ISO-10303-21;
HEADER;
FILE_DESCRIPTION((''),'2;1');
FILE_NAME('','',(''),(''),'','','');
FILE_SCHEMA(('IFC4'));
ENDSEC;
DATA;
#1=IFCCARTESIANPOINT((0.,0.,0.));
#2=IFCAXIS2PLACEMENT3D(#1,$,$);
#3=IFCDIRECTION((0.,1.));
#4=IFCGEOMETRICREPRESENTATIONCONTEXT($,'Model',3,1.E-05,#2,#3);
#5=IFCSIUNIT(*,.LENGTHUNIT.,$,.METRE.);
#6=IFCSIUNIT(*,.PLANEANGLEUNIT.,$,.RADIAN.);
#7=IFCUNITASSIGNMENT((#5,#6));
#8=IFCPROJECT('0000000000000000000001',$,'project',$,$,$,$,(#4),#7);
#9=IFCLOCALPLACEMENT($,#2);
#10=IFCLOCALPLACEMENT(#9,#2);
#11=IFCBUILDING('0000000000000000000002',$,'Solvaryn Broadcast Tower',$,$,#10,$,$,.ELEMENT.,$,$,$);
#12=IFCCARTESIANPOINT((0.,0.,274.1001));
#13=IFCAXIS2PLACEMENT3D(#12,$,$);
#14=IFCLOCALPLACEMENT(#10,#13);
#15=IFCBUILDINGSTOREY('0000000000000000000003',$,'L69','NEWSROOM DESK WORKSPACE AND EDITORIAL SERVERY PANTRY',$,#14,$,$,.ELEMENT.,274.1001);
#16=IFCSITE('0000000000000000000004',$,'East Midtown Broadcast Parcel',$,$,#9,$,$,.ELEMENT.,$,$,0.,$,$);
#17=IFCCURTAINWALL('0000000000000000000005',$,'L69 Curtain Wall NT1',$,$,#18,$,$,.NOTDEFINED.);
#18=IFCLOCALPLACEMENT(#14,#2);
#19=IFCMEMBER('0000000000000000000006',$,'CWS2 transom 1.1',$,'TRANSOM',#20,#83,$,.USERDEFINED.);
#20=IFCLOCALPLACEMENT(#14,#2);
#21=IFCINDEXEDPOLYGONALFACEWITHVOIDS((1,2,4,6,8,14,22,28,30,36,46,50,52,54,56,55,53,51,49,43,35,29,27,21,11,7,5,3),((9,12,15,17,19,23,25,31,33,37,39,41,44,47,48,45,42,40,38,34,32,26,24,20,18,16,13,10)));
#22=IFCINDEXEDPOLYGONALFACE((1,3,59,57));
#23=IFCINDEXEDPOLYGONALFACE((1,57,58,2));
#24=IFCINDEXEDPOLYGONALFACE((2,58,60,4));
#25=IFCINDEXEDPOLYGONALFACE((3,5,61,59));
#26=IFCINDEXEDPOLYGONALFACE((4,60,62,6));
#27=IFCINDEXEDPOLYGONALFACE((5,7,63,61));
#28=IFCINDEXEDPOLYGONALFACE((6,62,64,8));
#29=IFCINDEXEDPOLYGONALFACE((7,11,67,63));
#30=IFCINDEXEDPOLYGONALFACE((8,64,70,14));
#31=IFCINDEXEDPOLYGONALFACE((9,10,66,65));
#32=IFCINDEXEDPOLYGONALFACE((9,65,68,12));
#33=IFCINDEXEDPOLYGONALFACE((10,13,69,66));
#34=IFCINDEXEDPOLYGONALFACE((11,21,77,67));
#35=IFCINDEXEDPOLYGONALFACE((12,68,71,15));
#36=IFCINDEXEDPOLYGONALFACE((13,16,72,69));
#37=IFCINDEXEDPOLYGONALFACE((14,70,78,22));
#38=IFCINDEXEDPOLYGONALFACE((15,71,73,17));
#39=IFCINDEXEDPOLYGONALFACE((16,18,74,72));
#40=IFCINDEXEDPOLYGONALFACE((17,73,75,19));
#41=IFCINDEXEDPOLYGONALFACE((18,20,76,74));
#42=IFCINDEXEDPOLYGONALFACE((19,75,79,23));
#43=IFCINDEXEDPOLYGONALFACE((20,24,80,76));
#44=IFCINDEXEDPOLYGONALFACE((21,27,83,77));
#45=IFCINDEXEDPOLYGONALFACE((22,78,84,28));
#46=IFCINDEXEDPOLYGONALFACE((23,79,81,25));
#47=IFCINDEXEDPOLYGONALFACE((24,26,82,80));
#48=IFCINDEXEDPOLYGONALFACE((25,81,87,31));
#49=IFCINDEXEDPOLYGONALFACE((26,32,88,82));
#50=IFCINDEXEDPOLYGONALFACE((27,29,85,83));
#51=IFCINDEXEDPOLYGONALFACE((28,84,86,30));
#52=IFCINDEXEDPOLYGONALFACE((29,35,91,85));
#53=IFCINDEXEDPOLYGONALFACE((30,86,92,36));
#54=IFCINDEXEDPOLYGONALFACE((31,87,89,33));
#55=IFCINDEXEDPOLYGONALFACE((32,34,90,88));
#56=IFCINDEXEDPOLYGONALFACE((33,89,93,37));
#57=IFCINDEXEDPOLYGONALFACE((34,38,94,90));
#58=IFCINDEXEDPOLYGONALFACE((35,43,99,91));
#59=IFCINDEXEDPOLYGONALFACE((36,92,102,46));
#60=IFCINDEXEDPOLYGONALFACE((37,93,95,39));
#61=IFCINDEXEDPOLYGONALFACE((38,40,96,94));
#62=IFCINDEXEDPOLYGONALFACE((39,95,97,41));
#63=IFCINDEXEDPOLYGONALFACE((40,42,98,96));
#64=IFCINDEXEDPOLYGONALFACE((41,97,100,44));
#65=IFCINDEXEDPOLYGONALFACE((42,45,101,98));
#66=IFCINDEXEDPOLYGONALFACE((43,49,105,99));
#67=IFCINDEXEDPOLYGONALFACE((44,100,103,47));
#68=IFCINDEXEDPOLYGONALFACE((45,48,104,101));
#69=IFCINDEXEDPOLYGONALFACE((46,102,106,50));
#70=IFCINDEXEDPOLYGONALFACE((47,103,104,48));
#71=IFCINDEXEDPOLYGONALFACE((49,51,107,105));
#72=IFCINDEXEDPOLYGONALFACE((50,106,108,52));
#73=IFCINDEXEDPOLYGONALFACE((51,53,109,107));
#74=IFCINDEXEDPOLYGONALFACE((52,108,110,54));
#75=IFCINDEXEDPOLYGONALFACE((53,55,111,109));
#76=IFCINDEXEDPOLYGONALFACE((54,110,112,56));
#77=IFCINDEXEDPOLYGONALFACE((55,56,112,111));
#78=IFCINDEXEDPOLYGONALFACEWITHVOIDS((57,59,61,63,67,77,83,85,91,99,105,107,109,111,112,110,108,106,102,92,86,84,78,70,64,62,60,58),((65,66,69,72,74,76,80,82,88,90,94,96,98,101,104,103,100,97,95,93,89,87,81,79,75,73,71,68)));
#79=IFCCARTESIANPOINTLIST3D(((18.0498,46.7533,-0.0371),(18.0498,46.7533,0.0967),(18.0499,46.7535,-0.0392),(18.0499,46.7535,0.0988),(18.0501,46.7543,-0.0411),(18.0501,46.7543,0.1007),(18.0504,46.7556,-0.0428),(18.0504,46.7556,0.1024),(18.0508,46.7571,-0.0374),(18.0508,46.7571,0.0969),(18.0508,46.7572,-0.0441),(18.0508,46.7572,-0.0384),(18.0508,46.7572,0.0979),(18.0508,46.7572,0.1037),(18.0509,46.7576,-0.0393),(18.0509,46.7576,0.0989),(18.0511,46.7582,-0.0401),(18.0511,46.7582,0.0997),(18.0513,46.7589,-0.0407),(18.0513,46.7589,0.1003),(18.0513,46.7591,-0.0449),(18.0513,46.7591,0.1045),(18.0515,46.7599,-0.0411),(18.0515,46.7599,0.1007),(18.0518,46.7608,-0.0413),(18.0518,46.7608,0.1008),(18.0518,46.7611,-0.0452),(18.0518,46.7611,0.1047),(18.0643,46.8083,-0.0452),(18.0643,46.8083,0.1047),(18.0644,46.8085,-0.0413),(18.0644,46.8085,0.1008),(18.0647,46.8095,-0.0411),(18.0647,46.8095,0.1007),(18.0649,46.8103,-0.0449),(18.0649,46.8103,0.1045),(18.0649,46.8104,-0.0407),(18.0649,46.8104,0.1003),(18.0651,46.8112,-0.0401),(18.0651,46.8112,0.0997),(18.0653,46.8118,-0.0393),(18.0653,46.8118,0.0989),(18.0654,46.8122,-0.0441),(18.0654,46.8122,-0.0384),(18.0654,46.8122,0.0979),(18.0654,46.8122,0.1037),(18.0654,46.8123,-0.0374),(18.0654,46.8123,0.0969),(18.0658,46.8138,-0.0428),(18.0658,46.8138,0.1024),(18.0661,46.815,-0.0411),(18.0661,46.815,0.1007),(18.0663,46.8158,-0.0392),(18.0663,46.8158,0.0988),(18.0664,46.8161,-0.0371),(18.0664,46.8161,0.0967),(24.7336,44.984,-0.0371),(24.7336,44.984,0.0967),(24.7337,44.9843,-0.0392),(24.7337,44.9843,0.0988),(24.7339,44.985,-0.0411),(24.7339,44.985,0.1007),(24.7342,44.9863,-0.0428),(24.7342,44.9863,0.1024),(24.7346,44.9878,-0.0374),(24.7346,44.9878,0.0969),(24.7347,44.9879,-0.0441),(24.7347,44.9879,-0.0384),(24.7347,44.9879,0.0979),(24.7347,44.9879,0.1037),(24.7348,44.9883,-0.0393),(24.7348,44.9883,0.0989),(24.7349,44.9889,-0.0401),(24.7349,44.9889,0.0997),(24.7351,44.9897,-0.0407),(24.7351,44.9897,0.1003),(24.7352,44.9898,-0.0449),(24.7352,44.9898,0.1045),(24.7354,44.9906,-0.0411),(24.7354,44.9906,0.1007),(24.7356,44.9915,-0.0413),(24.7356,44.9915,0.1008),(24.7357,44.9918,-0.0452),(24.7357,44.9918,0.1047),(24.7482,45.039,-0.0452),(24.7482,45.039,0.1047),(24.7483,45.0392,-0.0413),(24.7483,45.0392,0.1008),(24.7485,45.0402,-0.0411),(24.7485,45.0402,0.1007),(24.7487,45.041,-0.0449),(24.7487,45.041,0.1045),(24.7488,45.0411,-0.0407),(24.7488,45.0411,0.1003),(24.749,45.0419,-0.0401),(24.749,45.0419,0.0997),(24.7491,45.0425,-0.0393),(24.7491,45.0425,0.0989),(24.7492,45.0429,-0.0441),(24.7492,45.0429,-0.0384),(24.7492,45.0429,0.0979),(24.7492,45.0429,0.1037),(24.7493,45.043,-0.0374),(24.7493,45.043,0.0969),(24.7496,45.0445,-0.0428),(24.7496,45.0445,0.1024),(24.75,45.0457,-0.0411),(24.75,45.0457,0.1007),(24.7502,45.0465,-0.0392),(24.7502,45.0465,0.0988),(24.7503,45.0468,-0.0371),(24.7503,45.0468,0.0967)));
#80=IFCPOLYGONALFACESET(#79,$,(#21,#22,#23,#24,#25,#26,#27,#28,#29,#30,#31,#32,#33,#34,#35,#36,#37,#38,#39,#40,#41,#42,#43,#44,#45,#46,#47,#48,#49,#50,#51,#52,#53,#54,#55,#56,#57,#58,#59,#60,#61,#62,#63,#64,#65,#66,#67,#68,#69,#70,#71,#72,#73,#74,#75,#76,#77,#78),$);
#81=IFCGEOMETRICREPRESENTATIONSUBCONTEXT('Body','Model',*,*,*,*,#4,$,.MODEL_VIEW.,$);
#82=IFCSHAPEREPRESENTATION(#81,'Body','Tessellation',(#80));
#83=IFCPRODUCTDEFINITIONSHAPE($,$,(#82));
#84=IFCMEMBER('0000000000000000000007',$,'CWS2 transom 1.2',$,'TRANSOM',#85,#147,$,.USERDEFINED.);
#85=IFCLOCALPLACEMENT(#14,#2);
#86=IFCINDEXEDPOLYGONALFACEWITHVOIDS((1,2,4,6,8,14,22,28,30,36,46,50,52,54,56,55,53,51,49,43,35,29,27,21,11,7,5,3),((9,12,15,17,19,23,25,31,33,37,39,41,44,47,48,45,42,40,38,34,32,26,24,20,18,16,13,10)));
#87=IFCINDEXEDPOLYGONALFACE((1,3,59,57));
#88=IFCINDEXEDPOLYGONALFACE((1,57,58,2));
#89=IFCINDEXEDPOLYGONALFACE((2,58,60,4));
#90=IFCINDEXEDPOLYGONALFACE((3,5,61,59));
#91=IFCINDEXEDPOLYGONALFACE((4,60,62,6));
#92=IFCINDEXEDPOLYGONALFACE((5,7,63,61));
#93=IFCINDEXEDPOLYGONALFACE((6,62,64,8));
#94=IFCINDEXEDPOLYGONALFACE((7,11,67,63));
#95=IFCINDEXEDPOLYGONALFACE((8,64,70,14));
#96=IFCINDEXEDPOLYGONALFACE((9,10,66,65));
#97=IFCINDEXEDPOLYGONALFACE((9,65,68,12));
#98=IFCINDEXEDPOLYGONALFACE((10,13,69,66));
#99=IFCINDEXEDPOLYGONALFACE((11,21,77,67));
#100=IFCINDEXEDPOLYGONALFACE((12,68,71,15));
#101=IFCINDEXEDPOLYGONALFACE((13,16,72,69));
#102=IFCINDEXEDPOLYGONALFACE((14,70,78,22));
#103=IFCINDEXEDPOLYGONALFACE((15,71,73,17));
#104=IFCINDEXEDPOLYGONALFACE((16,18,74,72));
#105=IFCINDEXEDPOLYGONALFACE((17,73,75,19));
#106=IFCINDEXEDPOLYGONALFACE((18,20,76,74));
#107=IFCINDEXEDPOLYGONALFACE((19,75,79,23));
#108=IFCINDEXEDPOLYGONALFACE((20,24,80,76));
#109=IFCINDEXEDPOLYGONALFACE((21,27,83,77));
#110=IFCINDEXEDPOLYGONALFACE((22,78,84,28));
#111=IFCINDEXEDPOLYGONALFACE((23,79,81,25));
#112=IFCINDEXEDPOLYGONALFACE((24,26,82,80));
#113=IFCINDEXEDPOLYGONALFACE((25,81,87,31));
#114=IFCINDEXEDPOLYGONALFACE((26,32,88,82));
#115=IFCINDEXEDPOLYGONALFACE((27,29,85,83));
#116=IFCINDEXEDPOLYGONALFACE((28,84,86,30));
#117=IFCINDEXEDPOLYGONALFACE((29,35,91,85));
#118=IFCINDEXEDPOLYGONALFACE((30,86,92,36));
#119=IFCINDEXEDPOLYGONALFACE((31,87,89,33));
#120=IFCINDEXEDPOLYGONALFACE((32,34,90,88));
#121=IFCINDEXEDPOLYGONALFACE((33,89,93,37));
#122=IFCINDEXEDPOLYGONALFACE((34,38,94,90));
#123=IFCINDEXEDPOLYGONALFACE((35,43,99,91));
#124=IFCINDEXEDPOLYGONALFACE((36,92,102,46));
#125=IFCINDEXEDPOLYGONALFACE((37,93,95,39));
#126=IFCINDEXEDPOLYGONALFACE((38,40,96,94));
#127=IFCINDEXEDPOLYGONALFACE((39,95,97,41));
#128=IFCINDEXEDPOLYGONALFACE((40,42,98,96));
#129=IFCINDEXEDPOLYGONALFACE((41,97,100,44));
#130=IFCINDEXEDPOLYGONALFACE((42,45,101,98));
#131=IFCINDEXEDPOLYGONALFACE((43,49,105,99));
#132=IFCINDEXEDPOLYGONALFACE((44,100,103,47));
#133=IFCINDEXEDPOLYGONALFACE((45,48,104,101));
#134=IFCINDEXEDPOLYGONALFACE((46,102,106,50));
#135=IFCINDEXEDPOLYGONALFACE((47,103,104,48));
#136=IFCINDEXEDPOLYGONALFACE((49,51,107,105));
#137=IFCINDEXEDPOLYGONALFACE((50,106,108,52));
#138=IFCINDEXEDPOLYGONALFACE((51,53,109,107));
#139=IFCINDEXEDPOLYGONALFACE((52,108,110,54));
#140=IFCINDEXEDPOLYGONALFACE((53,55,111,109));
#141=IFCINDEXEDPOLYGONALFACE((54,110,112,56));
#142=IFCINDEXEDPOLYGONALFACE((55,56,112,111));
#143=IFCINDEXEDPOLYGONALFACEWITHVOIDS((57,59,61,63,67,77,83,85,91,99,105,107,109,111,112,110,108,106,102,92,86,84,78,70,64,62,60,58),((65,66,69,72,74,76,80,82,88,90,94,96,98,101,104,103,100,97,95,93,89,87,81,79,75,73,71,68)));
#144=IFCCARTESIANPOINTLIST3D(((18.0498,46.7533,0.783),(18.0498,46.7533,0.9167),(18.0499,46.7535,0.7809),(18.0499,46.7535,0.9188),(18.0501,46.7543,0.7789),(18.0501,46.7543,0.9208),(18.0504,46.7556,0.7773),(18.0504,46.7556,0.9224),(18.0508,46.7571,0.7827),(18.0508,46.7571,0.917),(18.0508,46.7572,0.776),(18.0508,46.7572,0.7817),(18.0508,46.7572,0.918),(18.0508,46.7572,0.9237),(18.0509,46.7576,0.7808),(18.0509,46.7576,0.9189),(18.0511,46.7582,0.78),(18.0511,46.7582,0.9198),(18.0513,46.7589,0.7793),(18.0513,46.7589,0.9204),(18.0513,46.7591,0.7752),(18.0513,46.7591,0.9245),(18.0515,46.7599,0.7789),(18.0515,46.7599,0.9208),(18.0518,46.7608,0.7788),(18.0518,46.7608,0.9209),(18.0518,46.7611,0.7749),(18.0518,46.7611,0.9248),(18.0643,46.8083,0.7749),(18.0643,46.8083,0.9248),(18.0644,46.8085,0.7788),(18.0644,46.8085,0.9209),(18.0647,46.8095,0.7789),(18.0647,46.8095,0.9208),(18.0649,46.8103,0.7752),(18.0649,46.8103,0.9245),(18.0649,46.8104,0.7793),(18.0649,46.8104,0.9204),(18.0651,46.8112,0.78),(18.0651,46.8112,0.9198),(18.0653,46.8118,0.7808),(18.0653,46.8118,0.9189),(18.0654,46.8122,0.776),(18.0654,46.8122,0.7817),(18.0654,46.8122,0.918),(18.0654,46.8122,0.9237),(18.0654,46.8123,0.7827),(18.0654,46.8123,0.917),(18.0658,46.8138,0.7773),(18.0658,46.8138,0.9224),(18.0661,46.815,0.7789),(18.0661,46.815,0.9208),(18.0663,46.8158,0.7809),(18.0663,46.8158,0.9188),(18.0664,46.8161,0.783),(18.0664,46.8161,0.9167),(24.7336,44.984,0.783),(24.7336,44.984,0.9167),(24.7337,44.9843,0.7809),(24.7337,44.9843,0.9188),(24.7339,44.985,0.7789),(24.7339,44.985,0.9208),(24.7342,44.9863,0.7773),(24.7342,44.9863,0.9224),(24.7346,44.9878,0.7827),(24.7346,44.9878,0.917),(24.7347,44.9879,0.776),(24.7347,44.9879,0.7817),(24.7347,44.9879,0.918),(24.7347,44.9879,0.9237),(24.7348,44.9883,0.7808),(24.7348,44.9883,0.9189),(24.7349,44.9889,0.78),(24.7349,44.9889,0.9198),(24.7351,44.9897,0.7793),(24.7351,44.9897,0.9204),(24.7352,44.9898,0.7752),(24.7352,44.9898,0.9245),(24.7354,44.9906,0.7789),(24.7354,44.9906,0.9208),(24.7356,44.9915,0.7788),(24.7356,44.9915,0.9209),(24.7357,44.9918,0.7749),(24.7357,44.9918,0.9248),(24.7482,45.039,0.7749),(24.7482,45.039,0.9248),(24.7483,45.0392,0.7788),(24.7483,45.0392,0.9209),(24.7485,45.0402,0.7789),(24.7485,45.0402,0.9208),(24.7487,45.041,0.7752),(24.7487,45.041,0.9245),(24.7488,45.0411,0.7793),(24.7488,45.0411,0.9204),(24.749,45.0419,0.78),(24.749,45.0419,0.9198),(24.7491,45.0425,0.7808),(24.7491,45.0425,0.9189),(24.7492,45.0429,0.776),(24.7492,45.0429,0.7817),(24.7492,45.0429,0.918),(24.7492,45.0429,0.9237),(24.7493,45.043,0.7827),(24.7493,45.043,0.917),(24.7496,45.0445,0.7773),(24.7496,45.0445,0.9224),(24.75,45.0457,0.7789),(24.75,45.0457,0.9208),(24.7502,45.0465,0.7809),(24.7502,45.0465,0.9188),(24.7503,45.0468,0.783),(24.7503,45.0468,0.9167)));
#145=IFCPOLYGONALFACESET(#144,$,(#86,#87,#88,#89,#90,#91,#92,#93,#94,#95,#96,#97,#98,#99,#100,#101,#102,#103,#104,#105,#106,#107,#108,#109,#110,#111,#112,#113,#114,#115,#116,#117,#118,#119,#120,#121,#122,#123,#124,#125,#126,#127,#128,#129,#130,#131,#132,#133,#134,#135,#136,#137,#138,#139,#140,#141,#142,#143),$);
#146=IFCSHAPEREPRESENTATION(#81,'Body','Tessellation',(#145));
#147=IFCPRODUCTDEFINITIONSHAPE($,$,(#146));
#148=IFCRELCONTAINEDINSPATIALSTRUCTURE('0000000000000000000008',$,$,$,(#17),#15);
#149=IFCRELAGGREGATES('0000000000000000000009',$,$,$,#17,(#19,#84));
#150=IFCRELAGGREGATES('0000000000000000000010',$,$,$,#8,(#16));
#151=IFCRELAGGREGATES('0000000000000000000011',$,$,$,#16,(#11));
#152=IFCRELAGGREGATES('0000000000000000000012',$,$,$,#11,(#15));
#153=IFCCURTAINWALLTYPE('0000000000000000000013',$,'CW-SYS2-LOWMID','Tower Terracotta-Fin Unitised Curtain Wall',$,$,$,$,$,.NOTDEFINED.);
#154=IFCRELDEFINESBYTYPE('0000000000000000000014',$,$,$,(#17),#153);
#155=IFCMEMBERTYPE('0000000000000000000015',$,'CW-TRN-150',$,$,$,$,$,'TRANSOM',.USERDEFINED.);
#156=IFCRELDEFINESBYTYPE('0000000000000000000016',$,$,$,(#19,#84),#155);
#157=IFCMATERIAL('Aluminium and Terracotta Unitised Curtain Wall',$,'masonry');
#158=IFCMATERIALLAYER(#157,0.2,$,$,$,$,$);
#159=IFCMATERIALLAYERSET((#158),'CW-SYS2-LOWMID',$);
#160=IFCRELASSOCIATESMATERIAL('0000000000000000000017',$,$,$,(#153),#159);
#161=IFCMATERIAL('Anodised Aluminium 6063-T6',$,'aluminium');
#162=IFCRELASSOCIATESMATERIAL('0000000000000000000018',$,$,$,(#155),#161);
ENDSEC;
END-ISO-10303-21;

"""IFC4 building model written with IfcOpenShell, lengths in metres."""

from ifc_helpers import new_model, si_unit, direction, frame, origin, origin_2d, place, context, subcontext, project, spatial, hollow_rectangle, extrude, material, layer, layer_set, material_profile, profile_set, type_object, element, aggregate, save


model = new_model("IFC4")

# Units and contexts
model_context = context("Model", 3, precision=1e-05, world=origin(), true_north=direction((0.0, 1.0)))
body_context = subcontext(model_context, "Body", "Model", "MODEL_VIEW")
ifc_project = project(units=[si_unit("LENGTHUNIT", "METRE"), si_unit("PLANEANGLEUNIT", "RADIAN")], contexts=[model_context])

# Site, building, storey
site_placement = place(None, origin())
site = spatial("IfcSite", under=ifc_project, at=site_placement, Name="East Midtown Broadcast Parcel", CompositionType="ELEMENT", RefElevation=0.0)
building_placement = place(site_placement, origin())
building = spatial("IfcBuilding", under=site, at=building_placement, Name="Solvaryn Broadcast Tower", CompositionType="ELEMENT")
storey_placement = place(building_placement, frame((0.0, 0.0, 274.1001)))
storey = spatial("IfcBuildingStorey", under=building, at=storey_placement, Name="L69", Description="NEWSROOM DESK WORKSPACE AND EDITORIAL SERVERY PANTRY", CompositionType="ELEMENT", Elevation=274.1001)

# Shared definitions
ifc_material_1 = material(Name="Aluminium and Terracotta Unitised Curtain Wall", Category="masonry")
ifc_layer_1 = layer(ifc_material_1, 0.2)
ifc_layer_set_1 = layer_set([ifc_layer_1], Name="CW-SYS2-LOWMID")
curtain_wall_type = type_object("IfcCurtainWallType", Name="CW-SYS2-LOWMID", Description="Tower Terracotta-Fin Unitised Curtain Wall", PredefinedType="NOTDEFINED", material=ifc_layer_set_1)

# Curtain wall
curtain_wall_1_placement = place(storey_placement, origin())
curtain_wall_1 = element("IfcCurtainWall", 1, at=curtain_wall_1_placement, inside=storey, type_object=curtain_wall_type, Name="L69 Curtain Wall NT1", PredefinedType="NOTDEFINED")

# Members
ifc_material_2 = material(Name="Anodised Aluminium 6063-T6", Category="aluminium")
ifc_material_profile_1 = material_profile(ifc_material_2, hollow_rectangle(XDim=0.0649, YDim=0.1499, WallThickness=0.0039, InnerFilletRadius=0.0039, OuterFilletRadius=0.0081, at=origin_2d()))
ifc_profile_set_1 = profile_set([ifc_material_profile_1], Name="Anodised Aluminium 6063-T6")
member_type_1 = type_object("IfcMemberType", Name="CW-TRN-150", ElementType="TRANSOM", PredefinedType="USERDEFINED", material=ifc_profile_set_1)
member_1_placement = place(storey_placement, frame((24.7419, 45.0154, 0.0298), z_axis=(-0.966704, 0.255897, 0.0), x_axis=(-0.255897, -0.966704, 0.0)))
member_1 = element("IfcMember", 2, at=member_1_placement, type_object=member_type_1, Name="CWS2 transom 1.1", ObjectType="TRANSOM", PredefinedType="USERDEFINED", context=body_context, shape_type="SweptSolid", body=[
    extrude(hollow_rectangle(XDim=0.0649, YDim=0.1499, WallThickness=0.0039, InnerFilletRadius=0.0039, OuterFilletRadius=0.0081, at=origin_2d()), origin(), (0.0, 0.0, 1.0), 6.9141),
])
member_2_placement = place(storey_placement, frame((24.7419, 45.0154, 0.8499), z_axis=(-0.966704, 0.255897, 0.0), x_axis=(-0.255897, -0.966704, 0.0)))
member_2 = element("IfcMember", 3, at=member_2_placement, type_object=member_type_1, Name="CWS2 transom 1.2", ObjectType="TRANSOM", PredefinedType="USERDEFINED", context=body_context, shape_type="SweptSolid", body=[
    extrude(hollow_rectangle(XDim=0.0649, YDim=0.1499, WallThickness=0.0039, InnerFilletRadius=0.0039, OuterFilletRadius=0.0081, at=origin_2d()), origin(), (0.0, 0.0, 1.0), 6.9141),
])
aggregate(curtain_wall_1, [member_1, member_2])

save(model, "model.ifc")
